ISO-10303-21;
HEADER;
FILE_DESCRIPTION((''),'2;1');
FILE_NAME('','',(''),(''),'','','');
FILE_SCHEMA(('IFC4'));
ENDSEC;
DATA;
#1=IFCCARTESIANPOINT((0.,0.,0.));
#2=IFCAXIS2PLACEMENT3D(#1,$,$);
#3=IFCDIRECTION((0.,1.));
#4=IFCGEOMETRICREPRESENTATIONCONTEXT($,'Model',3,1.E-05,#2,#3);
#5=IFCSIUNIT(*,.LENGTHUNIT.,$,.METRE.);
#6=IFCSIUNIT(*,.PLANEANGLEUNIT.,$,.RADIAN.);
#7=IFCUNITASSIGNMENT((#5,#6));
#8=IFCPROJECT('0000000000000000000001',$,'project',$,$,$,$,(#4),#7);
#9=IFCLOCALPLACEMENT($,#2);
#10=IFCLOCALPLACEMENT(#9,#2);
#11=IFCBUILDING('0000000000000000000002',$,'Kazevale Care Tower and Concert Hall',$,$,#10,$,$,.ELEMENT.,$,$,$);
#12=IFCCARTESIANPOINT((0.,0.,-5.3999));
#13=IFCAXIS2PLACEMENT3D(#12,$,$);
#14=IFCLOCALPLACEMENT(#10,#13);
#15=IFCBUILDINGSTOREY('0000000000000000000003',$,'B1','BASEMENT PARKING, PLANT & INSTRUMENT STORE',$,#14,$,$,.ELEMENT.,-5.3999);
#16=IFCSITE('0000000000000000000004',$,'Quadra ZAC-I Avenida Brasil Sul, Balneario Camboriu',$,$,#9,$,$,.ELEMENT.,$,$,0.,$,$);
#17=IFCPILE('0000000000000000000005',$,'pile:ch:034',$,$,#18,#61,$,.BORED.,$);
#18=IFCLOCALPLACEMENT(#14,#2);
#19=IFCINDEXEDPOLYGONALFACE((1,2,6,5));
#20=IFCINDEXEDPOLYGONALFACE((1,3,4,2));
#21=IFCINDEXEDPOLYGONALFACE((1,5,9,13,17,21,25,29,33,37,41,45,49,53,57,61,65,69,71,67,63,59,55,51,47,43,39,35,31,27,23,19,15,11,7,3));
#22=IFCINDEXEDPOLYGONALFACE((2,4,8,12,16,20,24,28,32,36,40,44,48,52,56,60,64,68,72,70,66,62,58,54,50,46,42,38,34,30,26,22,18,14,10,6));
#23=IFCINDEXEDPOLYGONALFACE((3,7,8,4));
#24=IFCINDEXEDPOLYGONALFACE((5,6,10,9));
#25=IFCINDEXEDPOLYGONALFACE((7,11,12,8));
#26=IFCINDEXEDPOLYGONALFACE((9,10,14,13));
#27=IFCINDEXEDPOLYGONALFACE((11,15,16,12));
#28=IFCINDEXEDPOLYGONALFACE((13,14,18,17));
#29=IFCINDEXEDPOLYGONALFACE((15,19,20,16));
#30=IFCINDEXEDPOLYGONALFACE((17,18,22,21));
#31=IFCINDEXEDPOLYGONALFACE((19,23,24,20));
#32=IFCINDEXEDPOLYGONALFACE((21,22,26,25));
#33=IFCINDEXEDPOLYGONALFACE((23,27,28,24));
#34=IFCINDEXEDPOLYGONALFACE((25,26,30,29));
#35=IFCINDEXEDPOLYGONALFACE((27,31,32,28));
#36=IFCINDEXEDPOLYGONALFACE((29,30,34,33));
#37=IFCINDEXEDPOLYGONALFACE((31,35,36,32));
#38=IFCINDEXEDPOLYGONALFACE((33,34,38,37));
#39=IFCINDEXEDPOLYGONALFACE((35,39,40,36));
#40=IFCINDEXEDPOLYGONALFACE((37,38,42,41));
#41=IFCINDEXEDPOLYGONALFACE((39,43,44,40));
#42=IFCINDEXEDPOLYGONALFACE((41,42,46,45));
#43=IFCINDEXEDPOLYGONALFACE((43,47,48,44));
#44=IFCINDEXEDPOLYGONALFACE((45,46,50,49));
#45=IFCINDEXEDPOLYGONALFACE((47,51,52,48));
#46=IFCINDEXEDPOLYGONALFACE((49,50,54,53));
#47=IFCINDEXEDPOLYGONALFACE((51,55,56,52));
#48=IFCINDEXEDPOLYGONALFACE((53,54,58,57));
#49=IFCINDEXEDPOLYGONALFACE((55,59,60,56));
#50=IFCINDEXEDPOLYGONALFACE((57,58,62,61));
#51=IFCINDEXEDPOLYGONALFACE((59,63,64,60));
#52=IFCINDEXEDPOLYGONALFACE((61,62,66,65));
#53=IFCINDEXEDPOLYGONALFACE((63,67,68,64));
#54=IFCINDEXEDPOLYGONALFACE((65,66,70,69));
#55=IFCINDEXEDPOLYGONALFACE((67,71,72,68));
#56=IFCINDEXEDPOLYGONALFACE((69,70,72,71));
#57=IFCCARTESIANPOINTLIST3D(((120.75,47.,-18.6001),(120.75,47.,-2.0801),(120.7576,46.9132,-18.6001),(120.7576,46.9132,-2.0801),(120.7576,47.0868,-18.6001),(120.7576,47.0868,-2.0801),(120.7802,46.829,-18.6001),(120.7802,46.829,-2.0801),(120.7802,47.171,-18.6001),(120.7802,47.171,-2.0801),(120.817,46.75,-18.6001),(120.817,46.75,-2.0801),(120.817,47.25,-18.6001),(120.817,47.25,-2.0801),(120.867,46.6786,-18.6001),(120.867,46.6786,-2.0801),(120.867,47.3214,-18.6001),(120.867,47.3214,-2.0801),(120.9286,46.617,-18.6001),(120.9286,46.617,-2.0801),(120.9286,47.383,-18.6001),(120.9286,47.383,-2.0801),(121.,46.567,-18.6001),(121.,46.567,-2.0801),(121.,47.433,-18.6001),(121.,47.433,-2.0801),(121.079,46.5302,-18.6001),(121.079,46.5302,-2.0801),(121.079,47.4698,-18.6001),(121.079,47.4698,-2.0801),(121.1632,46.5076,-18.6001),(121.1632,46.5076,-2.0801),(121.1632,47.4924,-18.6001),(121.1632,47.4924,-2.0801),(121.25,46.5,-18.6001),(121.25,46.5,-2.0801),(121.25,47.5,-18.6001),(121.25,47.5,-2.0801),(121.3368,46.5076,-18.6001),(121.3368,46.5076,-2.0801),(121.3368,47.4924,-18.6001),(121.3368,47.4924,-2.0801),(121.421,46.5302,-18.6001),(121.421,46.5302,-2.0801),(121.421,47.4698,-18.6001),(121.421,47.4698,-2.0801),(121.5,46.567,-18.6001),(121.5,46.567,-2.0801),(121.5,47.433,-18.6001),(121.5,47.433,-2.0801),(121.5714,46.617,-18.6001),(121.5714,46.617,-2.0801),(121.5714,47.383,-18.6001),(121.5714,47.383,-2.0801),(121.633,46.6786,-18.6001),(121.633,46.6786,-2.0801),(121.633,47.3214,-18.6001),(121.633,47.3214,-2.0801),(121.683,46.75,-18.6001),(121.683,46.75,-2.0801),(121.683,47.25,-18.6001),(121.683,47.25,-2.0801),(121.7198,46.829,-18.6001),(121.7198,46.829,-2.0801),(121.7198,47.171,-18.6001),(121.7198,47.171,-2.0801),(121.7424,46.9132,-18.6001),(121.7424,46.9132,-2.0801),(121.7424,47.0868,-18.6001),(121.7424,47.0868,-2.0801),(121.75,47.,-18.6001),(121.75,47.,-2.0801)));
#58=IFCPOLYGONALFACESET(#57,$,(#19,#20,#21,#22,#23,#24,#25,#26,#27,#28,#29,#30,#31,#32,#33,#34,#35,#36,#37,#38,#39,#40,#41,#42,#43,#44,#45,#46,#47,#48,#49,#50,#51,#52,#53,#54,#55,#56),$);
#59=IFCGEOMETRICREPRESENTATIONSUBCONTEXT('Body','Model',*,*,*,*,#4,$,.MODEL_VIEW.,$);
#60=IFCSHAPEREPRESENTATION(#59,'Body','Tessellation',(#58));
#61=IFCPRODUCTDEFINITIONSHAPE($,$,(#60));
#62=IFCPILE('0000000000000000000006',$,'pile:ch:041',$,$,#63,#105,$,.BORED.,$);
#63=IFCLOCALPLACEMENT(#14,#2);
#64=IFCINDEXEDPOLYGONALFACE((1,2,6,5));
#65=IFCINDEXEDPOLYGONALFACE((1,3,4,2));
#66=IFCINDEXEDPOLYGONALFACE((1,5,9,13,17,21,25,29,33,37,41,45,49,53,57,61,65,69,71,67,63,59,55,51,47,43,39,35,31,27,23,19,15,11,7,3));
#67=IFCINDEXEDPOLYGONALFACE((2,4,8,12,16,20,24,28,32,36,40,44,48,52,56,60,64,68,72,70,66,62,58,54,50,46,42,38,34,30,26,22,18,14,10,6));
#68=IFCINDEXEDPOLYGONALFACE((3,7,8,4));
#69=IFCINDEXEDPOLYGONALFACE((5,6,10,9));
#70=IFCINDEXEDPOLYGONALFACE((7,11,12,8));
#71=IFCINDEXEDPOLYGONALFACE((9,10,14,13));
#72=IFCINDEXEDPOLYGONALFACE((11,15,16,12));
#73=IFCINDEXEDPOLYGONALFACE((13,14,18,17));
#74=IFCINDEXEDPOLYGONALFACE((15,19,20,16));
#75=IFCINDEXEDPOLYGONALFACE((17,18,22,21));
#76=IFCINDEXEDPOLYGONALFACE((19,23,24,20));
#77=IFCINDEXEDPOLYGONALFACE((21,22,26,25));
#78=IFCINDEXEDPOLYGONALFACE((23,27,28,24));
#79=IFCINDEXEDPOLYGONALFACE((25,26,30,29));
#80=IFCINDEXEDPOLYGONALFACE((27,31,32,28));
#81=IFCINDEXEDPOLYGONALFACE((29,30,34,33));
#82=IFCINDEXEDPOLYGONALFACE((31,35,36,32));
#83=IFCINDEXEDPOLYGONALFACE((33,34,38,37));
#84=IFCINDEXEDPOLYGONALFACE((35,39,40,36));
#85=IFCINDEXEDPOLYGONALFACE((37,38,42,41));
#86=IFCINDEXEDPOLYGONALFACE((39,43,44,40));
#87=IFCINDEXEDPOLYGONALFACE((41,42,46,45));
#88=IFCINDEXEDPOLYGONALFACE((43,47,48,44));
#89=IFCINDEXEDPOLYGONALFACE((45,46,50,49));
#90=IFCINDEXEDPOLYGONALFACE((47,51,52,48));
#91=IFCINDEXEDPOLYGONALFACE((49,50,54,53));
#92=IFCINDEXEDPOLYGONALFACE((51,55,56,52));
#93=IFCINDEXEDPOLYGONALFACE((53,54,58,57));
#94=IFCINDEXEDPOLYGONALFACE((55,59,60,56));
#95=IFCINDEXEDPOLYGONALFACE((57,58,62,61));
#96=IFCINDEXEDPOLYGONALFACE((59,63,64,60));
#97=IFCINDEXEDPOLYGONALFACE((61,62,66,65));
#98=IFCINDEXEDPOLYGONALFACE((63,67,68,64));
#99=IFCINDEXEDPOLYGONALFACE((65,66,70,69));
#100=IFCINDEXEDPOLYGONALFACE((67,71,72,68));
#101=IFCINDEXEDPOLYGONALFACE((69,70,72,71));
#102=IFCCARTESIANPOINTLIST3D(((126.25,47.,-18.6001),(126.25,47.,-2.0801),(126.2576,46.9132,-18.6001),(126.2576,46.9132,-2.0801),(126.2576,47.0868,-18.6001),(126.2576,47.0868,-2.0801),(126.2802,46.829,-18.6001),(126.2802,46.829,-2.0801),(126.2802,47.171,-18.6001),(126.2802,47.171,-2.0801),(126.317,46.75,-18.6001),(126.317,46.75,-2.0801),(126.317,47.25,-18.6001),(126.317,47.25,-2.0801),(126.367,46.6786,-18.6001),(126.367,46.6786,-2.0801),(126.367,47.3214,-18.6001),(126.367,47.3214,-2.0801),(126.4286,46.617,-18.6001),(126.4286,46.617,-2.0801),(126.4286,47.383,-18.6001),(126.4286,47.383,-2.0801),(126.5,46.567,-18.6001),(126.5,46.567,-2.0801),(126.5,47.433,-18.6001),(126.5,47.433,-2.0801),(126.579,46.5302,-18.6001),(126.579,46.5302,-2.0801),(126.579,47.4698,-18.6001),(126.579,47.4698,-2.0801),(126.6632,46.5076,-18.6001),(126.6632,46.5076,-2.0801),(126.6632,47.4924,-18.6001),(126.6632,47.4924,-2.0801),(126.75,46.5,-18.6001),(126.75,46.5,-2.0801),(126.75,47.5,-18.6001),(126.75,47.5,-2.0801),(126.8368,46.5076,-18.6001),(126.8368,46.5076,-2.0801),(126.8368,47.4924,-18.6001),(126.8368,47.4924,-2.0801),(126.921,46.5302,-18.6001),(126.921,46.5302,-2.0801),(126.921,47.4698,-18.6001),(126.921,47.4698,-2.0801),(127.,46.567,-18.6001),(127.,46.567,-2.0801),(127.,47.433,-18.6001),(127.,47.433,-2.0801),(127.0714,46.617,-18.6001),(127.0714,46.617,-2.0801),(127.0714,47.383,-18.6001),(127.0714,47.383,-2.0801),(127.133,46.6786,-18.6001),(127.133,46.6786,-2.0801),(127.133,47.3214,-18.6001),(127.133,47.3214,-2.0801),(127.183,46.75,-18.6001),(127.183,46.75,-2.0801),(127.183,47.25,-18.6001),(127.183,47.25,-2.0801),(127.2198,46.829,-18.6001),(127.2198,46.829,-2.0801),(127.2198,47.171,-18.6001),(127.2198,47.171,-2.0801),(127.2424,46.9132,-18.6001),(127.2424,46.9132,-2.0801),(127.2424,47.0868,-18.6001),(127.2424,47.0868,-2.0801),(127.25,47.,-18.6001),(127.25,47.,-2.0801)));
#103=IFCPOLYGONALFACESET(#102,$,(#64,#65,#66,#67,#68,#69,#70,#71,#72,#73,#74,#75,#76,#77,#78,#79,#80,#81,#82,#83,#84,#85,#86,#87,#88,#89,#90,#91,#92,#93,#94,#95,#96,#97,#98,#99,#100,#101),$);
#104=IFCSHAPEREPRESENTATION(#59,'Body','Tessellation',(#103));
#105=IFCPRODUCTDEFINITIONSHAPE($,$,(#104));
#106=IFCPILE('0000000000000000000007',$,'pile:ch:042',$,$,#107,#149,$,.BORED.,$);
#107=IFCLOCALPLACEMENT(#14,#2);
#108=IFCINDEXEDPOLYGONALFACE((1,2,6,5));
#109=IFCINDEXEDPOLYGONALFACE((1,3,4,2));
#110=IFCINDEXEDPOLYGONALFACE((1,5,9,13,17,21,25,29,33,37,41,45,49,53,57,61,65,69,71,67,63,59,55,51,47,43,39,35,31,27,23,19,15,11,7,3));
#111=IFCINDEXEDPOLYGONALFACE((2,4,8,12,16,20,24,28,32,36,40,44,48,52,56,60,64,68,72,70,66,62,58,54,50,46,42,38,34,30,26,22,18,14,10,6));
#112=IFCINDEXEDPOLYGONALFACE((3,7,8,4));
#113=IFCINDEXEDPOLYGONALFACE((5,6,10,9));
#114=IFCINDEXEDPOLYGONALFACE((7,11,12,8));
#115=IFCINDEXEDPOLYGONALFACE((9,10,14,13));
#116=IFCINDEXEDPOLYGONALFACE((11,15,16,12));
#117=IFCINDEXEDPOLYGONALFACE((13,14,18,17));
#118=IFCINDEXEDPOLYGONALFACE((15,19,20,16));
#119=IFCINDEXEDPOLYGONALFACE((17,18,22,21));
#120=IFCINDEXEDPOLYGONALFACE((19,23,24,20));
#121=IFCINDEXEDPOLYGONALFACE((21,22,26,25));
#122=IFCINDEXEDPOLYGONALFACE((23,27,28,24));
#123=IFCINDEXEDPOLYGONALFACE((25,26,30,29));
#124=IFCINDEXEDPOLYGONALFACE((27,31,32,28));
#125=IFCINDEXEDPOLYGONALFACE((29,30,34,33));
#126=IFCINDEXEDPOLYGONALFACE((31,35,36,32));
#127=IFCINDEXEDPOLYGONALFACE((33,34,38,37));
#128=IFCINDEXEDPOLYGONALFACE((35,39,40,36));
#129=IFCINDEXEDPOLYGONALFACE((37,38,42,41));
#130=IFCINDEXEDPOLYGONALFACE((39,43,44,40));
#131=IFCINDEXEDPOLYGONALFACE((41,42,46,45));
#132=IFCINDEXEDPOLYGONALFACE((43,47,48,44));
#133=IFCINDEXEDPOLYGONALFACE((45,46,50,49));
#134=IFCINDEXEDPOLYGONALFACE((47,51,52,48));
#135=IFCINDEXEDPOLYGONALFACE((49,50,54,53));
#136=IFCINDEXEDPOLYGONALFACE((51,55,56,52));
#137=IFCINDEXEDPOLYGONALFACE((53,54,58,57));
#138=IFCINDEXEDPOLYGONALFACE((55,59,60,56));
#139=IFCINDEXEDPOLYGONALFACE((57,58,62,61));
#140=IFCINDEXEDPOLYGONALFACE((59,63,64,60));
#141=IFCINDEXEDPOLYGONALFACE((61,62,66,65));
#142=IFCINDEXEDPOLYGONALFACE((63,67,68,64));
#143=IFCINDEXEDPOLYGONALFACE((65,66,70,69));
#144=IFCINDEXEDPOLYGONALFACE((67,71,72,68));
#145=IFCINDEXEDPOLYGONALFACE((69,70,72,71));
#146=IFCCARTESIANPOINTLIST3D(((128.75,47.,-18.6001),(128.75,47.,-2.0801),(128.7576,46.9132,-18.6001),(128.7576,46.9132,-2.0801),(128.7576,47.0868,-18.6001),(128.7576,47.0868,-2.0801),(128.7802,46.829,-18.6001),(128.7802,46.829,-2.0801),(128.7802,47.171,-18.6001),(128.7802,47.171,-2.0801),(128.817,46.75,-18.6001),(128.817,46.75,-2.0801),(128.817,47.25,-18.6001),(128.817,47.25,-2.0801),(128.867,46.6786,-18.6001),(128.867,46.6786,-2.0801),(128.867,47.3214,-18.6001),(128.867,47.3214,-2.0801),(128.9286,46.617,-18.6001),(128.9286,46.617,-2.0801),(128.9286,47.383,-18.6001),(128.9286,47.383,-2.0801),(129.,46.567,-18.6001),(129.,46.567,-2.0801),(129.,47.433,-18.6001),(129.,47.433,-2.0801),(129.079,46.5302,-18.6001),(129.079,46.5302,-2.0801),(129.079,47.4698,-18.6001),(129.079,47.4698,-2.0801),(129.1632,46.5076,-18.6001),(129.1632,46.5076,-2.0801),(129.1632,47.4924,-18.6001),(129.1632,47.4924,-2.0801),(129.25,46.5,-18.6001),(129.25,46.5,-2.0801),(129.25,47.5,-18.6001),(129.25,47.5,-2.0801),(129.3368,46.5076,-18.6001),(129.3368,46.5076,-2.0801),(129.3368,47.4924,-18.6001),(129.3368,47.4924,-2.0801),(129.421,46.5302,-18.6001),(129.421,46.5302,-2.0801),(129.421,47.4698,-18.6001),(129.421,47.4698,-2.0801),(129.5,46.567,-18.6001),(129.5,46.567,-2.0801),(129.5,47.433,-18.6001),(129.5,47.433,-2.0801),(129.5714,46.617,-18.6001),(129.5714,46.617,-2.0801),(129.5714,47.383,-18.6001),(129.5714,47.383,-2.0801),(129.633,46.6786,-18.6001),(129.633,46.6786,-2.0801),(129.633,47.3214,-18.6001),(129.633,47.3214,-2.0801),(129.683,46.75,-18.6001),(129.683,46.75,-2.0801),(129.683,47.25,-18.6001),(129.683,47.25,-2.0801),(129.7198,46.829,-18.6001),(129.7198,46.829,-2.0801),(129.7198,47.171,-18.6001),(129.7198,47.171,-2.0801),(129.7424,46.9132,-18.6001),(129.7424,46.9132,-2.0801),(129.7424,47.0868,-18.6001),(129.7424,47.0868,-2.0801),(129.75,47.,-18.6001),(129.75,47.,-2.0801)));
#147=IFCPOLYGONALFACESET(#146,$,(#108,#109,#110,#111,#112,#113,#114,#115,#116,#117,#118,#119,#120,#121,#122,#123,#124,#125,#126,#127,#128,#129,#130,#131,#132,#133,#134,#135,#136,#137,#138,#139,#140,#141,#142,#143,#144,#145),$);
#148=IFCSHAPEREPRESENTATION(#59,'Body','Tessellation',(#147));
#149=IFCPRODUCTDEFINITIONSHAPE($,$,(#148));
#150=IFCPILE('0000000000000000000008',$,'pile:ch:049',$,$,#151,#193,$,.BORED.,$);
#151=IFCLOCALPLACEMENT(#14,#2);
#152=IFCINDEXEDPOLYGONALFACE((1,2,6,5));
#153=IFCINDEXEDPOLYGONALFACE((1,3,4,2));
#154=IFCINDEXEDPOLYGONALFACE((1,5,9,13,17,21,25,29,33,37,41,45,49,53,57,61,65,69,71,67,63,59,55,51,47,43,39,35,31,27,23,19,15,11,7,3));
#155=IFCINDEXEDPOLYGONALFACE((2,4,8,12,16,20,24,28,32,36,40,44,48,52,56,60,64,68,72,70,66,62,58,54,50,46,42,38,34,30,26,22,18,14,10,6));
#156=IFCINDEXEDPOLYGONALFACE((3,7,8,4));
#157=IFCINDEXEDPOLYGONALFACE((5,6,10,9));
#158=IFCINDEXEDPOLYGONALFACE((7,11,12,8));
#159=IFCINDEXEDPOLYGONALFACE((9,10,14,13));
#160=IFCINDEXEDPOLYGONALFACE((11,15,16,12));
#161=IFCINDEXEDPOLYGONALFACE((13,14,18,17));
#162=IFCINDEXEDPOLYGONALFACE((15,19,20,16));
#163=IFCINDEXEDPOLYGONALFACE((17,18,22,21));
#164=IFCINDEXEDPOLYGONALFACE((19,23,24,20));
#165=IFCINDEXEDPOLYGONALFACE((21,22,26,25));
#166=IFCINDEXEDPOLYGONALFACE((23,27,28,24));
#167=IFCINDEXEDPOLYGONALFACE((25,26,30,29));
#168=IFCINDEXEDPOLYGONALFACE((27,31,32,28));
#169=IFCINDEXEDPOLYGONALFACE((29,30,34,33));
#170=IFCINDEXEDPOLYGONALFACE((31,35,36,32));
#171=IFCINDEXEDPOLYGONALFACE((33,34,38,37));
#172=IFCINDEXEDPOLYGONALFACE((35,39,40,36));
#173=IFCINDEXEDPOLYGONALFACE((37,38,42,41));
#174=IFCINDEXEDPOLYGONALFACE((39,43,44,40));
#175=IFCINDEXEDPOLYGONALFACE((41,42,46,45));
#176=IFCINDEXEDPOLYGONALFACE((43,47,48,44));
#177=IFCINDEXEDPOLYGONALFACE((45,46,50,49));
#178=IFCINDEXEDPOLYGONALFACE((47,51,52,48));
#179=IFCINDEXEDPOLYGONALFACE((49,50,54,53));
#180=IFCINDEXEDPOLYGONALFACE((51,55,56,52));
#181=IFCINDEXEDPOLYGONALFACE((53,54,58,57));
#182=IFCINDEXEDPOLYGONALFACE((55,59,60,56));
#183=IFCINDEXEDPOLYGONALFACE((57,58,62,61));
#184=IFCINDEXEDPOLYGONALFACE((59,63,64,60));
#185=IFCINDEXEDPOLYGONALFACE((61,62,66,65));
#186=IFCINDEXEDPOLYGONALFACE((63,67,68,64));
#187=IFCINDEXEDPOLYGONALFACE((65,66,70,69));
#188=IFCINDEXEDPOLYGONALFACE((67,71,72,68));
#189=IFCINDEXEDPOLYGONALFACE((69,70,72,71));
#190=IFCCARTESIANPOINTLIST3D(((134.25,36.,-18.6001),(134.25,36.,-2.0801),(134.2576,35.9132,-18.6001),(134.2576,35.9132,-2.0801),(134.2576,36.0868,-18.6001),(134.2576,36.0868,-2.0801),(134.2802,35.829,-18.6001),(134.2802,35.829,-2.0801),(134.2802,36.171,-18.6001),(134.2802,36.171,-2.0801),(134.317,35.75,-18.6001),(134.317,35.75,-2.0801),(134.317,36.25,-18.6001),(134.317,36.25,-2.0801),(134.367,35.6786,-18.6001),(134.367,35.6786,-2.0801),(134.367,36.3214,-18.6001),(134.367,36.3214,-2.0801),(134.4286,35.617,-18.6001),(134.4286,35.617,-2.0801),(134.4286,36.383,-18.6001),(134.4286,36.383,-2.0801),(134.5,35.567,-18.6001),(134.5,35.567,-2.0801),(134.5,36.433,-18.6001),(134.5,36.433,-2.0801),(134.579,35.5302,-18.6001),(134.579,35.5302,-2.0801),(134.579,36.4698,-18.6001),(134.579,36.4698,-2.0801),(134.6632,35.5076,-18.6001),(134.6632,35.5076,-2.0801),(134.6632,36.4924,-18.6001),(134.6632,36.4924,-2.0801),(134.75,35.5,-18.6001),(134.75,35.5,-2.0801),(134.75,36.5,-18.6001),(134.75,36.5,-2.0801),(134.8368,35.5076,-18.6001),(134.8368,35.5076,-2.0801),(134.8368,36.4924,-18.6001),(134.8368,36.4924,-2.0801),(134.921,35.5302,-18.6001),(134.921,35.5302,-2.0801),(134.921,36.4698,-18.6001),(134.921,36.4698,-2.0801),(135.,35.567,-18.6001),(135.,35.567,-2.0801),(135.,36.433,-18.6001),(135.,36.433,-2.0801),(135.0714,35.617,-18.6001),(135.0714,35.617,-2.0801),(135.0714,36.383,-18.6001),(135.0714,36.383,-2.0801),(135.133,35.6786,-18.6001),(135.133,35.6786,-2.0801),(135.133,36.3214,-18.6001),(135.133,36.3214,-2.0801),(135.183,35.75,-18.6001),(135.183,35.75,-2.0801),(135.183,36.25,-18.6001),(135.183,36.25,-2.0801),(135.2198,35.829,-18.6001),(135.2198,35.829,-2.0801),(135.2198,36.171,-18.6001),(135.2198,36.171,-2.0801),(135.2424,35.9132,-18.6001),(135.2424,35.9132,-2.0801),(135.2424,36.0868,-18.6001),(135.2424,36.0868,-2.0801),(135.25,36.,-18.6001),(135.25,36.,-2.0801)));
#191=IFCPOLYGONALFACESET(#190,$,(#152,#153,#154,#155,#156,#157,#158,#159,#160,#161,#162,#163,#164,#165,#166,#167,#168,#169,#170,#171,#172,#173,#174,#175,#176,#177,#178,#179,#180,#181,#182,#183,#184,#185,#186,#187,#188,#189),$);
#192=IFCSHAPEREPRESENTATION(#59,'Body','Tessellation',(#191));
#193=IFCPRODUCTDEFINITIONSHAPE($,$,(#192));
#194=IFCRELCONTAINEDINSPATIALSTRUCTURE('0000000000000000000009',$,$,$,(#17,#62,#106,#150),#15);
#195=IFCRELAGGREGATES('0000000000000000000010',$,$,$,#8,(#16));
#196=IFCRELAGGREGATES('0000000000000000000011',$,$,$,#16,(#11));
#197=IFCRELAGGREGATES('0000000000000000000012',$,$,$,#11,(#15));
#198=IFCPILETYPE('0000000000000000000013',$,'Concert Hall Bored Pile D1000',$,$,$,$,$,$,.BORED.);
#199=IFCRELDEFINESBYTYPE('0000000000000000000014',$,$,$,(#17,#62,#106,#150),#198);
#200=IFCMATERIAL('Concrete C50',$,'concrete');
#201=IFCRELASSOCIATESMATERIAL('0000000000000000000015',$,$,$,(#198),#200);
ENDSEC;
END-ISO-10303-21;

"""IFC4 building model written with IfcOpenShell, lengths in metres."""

from ifc_helpers import new_model, si_unit, direction, frame, origin, origin_2d, place, context, subcontext, project, spatial, circle, extrude, material, material_profile, profile_set, type_object, element, save


model = new_model("IFC4")

# Units and contexts
model_context = context("Model", 3, precision=1e-05, world=origin(), true_north=direction((0.0, 1.0)))
body_context = subcontext(model_context, "Body", "Model", "MODEL_VIEW")
ifc_project = project(units=[si_unit("LENGTHUNIT", "METRE"), si_unit("PLANEANGLEUNIT", "RADIAN")], contexts=[model_context])

# Site, building, storey
site_placement = place(None, origin())
site = spatial("IfcSite", under=ifc_project, at=site_placement, Name="Quadra ZAC-I Avenida Brasil Sul, Balneario Camboriu", CompositionType="ELEMENT", RefElevation=0.0)
building_placement = place(site_placement, origin())
building = spatial("IfcBuilding", under=site, at=building_placement, Name="Kazevale Care Tower and Concert Hall", CompositionType="ELEMENT")
storey_placement = place(building_placement, frame((0.0, 0.0, -5.3999)))
storey = spatial("IfcBuildingStorey", under=building, at=storey_placement, Name="B1", Description="BASEMENT PARKING, PLANT & INSTRUMENT STORE", CompositionType="ELEMENT", Elevation=-5.3999)

# Piles
ifc_material_1 = material(Name="Concrete C50", Category="concrete")
ifc_material_profile_1 = material_profile(ifc_material_1, circle(Radius=0.5, at=origin_2d()), Name="PILE-D1000")
ifc_profile_set_1 = profile_set([ifc_material_profile_1], Name="Concrete C50")
pile_type = type_object("IfcPileType", Name="Concert Hall Bored Pile D1000", PredefinedType="BORED", material=ifc_profile_set_1)
for number, where, z_axis, x_axis, name in (
    (1, (121.25, 47.0, -2.0801), (0.0, 0.0, -1.0), (1.0, 0.0, 0.0), "pile:ch:034"),
    (2, (126.75, 47.0, -2.0801), (0.0, 0.0, -1.0), (1.0, 0.0, 0.0), "pile:ch:041"),
    (3, (129.25, 47.0, -2.0801), (0.0, 0.0, -1.0), (1.0, 0.0, 0.0), "pile:ch:042"),
    (4, (134.75, 36.0, -2.0801), (0.0, 0.0, -1.0), (1.0, 0.0, 0.0), "pile:ch:049"),
):
    element("IfcPile", number, at=place(storey_placement, frame(where, z_axis=z_axis, x_axis=x_axis)), inside=storey, type_object=pile_type, Name=name, PredefinedType="BORED", context=body_context, shape_type="SweptSolid", body=[
        extrude(circle(Radius=0.5, at=origin_2d()), origin(), (0.0, 0.0, 1.0), 16.52),
    ])

save(model, "model.ifc")
